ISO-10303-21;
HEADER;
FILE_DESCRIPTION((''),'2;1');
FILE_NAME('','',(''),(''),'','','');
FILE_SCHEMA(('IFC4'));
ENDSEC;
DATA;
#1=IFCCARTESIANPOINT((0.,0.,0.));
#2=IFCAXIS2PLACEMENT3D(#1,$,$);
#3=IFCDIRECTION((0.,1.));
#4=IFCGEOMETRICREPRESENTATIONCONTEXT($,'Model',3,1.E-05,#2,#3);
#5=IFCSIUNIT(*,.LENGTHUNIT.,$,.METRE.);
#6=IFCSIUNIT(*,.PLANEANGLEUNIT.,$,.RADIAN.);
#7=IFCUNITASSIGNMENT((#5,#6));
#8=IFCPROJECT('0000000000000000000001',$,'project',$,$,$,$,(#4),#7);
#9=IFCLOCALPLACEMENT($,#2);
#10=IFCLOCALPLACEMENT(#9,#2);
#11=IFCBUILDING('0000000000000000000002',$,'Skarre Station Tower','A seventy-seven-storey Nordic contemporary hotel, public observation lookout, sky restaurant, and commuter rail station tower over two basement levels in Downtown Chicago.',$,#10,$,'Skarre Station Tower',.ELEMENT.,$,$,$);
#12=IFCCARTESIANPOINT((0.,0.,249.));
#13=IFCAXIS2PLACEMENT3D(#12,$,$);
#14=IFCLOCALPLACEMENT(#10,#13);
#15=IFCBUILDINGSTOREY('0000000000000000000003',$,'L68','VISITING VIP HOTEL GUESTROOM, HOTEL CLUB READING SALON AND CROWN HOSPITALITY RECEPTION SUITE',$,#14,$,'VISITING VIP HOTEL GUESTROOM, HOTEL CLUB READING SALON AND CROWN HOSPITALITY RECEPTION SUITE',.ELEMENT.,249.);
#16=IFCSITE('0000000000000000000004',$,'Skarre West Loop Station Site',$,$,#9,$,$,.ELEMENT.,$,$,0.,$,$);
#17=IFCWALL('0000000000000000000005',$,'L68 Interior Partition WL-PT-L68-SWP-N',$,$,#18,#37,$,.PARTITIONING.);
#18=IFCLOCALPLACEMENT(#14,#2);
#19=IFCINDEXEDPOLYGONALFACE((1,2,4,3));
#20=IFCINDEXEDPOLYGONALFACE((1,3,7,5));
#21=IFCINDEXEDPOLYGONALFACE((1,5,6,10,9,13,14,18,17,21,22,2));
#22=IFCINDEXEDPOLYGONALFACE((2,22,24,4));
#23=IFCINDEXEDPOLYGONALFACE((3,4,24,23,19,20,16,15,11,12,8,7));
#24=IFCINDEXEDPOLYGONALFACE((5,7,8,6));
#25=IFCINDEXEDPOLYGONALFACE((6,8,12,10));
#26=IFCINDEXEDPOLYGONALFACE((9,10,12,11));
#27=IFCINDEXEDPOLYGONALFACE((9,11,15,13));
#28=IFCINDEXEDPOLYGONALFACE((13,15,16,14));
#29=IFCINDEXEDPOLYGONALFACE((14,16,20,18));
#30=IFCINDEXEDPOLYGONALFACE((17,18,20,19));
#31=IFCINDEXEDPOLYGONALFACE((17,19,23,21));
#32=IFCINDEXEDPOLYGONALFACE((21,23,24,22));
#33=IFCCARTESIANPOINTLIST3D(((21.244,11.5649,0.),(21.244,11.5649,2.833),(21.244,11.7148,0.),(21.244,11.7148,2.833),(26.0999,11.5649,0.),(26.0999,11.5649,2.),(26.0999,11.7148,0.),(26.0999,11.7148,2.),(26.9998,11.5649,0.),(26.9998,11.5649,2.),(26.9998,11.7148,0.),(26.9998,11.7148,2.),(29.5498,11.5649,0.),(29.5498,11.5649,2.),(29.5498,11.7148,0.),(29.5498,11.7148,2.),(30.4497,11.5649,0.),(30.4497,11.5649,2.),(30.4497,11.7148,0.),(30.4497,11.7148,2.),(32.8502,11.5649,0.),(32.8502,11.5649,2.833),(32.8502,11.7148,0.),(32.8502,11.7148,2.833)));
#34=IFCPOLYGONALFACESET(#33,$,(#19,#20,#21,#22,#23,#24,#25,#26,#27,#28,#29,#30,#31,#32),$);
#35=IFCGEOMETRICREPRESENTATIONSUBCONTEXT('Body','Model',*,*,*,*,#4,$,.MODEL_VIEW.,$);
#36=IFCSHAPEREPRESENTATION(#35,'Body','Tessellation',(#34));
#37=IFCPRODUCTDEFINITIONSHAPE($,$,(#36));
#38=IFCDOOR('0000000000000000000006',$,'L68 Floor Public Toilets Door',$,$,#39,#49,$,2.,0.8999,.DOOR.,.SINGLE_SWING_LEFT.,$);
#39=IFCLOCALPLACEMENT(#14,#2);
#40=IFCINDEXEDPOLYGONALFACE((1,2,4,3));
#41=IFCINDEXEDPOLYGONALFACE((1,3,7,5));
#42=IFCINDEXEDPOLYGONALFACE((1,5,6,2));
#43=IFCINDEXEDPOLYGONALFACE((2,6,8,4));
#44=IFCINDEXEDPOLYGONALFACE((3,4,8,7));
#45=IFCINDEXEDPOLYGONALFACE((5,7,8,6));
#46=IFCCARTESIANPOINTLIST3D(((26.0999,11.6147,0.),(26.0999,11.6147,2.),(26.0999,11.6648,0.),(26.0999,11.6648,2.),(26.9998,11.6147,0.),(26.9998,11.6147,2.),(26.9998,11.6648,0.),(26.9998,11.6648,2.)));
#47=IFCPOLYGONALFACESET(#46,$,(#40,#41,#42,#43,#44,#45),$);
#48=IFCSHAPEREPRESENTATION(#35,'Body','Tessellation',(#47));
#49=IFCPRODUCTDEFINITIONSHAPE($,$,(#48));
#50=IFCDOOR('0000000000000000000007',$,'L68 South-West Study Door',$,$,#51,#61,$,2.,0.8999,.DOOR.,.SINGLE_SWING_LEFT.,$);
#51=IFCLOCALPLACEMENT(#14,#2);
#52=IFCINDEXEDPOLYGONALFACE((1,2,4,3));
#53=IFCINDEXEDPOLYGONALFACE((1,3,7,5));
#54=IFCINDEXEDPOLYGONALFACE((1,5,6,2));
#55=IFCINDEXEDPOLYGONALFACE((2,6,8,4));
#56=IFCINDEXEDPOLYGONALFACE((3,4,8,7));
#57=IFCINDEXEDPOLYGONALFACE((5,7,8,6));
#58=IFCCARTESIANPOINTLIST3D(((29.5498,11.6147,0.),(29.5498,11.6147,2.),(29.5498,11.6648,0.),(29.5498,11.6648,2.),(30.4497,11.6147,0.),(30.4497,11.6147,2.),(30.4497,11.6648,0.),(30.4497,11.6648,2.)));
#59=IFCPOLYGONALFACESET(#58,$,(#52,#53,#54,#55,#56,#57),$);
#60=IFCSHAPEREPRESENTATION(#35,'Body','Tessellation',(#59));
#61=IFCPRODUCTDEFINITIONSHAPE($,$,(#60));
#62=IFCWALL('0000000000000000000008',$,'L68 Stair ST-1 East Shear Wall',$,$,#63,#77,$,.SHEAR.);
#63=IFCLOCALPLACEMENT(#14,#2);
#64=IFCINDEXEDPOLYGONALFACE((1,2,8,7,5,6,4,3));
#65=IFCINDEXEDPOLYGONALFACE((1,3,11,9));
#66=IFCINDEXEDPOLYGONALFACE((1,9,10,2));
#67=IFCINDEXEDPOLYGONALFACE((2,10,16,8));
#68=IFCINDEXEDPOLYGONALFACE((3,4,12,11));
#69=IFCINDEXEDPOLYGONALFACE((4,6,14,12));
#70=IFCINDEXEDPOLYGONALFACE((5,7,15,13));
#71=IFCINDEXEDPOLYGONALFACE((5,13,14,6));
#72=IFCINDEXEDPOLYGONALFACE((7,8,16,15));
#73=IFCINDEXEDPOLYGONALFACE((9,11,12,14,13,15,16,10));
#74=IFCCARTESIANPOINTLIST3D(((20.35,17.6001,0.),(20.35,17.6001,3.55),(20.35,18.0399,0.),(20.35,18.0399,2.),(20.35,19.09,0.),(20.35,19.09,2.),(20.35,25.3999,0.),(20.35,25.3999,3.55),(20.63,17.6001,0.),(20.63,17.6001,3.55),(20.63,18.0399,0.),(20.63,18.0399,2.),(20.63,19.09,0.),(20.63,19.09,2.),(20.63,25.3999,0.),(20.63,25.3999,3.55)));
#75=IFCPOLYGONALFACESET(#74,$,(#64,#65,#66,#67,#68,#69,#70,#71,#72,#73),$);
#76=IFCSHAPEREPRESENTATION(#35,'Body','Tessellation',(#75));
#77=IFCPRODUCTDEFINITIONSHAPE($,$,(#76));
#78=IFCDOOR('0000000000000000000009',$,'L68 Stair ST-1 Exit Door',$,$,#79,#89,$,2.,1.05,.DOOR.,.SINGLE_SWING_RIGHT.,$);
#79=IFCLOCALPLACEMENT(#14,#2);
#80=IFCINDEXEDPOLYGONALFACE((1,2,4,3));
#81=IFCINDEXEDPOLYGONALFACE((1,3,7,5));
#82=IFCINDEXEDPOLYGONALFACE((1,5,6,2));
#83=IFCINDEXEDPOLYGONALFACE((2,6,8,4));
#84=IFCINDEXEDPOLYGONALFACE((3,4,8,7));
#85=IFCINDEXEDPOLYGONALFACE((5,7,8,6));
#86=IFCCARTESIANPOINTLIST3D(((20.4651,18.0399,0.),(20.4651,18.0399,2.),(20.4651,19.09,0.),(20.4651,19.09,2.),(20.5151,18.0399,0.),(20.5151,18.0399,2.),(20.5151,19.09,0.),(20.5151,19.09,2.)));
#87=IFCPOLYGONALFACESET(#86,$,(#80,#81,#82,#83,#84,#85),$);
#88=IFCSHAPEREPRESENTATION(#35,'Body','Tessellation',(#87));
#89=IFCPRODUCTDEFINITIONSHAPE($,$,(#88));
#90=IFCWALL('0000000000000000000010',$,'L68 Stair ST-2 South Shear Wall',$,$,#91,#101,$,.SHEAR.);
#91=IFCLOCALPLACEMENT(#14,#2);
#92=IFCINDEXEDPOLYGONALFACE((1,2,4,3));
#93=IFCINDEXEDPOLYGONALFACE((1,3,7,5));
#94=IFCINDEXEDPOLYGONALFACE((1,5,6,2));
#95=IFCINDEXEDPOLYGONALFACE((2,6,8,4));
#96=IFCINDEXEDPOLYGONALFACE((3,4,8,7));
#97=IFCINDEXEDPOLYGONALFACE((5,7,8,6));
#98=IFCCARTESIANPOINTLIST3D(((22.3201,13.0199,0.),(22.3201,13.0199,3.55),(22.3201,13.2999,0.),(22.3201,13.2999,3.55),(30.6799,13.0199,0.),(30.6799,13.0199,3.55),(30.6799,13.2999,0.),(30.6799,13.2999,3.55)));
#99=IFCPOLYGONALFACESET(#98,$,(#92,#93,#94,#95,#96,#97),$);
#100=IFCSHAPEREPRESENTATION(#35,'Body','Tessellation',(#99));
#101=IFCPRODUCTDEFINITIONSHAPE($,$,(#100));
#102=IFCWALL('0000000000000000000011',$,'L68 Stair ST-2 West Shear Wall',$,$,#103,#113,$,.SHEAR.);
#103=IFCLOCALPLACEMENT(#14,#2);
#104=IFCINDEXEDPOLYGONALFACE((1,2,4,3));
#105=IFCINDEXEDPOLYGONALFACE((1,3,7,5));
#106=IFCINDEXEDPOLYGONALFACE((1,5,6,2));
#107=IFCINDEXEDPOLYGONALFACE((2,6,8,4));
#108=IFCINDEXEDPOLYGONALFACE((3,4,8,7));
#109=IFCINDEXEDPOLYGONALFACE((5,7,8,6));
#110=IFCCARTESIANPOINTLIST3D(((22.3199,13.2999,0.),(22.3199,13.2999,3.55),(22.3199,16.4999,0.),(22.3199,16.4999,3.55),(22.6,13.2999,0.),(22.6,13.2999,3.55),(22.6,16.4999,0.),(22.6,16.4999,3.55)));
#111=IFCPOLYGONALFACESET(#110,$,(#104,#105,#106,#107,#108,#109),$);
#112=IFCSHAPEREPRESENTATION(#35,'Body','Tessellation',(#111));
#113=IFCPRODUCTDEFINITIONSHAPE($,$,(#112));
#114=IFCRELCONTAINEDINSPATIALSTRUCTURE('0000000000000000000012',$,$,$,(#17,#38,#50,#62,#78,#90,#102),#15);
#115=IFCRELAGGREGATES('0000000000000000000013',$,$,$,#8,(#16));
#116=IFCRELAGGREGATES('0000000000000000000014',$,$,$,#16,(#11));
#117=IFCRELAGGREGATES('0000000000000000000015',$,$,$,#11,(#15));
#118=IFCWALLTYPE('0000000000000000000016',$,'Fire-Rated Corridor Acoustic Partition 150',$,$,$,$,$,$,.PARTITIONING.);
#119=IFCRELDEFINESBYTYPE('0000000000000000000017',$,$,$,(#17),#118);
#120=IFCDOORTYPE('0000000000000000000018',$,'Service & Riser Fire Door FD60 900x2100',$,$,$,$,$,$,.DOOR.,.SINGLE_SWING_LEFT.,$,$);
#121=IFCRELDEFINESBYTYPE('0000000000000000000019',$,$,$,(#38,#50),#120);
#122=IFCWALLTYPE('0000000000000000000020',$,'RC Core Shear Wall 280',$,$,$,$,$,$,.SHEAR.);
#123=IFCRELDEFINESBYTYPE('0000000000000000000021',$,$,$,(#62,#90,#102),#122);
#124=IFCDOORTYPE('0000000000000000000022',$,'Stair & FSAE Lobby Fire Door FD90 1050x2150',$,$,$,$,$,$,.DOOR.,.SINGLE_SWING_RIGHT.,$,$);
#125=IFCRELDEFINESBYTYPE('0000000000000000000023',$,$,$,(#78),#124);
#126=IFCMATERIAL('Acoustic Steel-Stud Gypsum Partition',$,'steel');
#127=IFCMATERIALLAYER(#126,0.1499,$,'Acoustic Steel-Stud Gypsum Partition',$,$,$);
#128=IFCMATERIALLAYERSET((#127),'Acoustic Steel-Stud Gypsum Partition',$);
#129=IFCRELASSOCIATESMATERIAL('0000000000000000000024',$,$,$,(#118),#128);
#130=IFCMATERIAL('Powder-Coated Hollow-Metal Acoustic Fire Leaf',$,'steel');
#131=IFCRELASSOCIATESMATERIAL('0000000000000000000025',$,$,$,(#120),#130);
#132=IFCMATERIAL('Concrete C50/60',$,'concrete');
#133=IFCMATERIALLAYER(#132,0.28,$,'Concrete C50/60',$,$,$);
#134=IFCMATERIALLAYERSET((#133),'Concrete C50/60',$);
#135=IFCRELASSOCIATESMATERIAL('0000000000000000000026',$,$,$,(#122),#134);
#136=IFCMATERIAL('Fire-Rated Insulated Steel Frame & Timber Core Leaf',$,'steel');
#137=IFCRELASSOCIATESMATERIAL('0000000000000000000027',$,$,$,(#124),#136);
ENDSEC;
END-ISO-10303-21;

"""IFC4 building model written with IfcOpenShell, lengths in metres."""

from ifc_helpers import new_model, si_unit, direction, frame, frame_2d, origin, place, context, subcontext, project, spatial, rectangle, extrude, material, layer, layer_set, type_object, element, fill, save


model = new_model("IFC4")

# Units and contexts
model_context = context("Model", 3, precision=1e-05, world=origin(), true_north=direction((0.0, 1.0)))
body_context = subcontext(model_context, "Body", "Model", "MODEL_VIEW")
ifc_project = project(units=[si_unit("LENGTHUNIT", "METRE"), si_unit("PLANEANGLEUNIT", "RADIAN")], contexts=[model_context])

# Site, building, storey
site_placement = place(None, origin())
site = spatial("IfcSite", under=ifc_project, at=site_placement, Name="Skarre West Loop Station Site", CompositionType="ELEMENT", RefElevation=0.0)
building_placement = place(site_placement, origin())
building = spatial("IfcBuilding", under=site, at=building_placement, Name="Skarre Station Tower", Description="A seventy-seven-storey Nordic contemporary hotel, public observation lookout, sky restaurant, and commuter rail station tower over two basement levels in Downtown Chicago.", LongName="Skarre Station Tower", CompositionType="ELEMENT")
storey_placement = place(building_placement, frame((0.0, 0.0, 249.0)))
storey = spatial("IfcBuildingStorey", under=building, at=storey_placement, Name="L68", Description="VISITING VIP HOTEL GUESTROOM, HOTEL CLUB READING SALON AND CROWN HOSPITALITY RECEPTION SUITE", LongName="VISITING VIP HOTEL GUESTROOM, HOTEL CLUB READING SALON AND CROWN HOSPITALITY RECEPTION SUITE", CompositionType="ELEMENT", Elevation=249.0)

# Shared definitions
ifc_material_1 = material(Name="Concrete C50/60", Category="concrete")

# Shared definitions
ifc_material_2 = material(Name="Acoustic Steel-Stud Gypsum Partition", Category="steel")
ifc_layer_1 = layer(ifc_material_2, 0.1499, Name="Acoustic Steel-Stud Gypsum Partition")
ifc_layer_set_1 = layer_set([ifc_layer_1], Name="Acoustic Steel-Stud Gypsum Partition")
wall_type_1 = type_object("IfcWallType", Name="Fire-Rated Corridor Acoustic Partition 150", PredefinedType="PARTITIONING", material=ifc_layer_set_1)

# Shared definitions
ifc_material_3 = material(Name="Powder-Coated Hollow-Metal Acoustic Fire Leaf", Category="steel")
door_type_1 = type_object("IfcDoorType", Name="Service & Riser Fire Door FD60 900x2100", OperationType="SINGLE_SWING_LEFT", PredefinedType="DOOR", material=ifc_material_3)

# Wall, openings, doors
wall_1_placement = place(storey_placement, frame((21.2439, 11.6399, 0.0), z_axis=(0.0, 0.0, 1.0), x_axis=(1.0, 0.0, 0.0)))
wall_1 = element("IfcWall", 1, at=wall_1_placement, inside=storey, type_object=wall_type_1, Name="L68 Interior Partition WL-PT-L68-SWP-N", PredefinedType="PARTITIONING", context=body_context, shape_type="SweptSolid", body=[
    extrude(rectangle(XDim=11.6062, YDim=0.1499, at=frame_2d((5.8032, 0.0))), origin(), (0.0, 0.0, 1.0), 2.833),
])
opening_1_placement = place(wall_1_placement, frame((4.856, 0.0, 0.0)))
opening_1 = element("IfcOpeningElement", 2, at=opening_1_placement, cuts=wall_1, PredefinedType="OPENING", context=body_context, shape_type="SweptSolid", body=[
    extrude(rectangle(XDim=0.8999, YDim=2.0, at=frame_2d((0.45, 1.0))), frame((0.0, 0.085, 0.0), z_axis=(0.0, -1.0, 0.0), x_axis=(1.0, 0.0, 0.0)), (0.0, 0.0, 1.0), 0.1699),
])
opening_2_placement = place(wall_1_placement, frame((8.3059, 0.0, 0.0)))
opening_2 = element("IfcOpeningElement", 3, at=opening_2_placement, cuts=wall_1, PredefinedType="OPENING", context=body_context, shape_type="SweptSolid", body=[
    extrude(rectangle(XDim=0.8999, YDim=2.0, at=frame_2d((0.45, 1.0))), frame((0.0, 0.085, 0.0), z_axis=(0.0, -1.0, 0.0), x_axis=(1.0, 0.0, 0.0)), (0.0, 0.0, 1.0), 0.1699),
])
door_1_placement = place(opening_1_placement, origin())
door_1 = element("IfcDoor", 4, at=door_1_placement, inside=storey, type_object=door_type_1, Name="L68 Floor Public Toilets Door", OperationType="SINGLE_SWING_LEFT", OverallHeight=2.0, OverallWidth=0.8999, PredefinedType="DOOR", context=body_context, shape_type="SweptSolid", body=[
    extrude(rectangle(XDim=0.8999, YDim=2.0, at=frame_2d((0.45, 1.0))), frame((0.0, 0.0249, 0.0), z_axis=(0.0, -1.0, 0.0), x_axis=(1.0, 0.0, 0.0)), (0.0, 0.0, 1.0), 0.05),
])
fill(opening_1, door_1)
door_2_placement = place(opening_2_placement, origin())
door_2 = element("IfcDoor", 5, at=door_2_placement, inside=storey, type_object=door_type_1, Name="L68 South-West Study Door", OperationType="SINGLE_SWING_LEFT", OverallHeight=2.0, OverallWidth=0.8999, PredefinedType="DOOR", context=body_context, shape_type="SweptSolid", body=[
    extrude(rectangle(XDim=0.8999, YDim=2.0, at=frame_2d((0.45, 1.0))), frame((0.0, 0.0249, 0.0), z_axis=(0.0, -1.0, 0.0), x_axis=(1.0, 0.0, 0.0)), (0.0, 0.0, 1.0), 0.05),
])
fill(opening_2, door_2)

# Wall, opening, door
ifc_layer_2 = layer(ifc_material_1, 0.28, Name="Concrete C50/60")
ifc_layer_set_2 = layer_set([ifc_layer_2], Name="Concrete C50/60")
wall_type_2 = type_object("IfcWallType", Name="RC Core Shear Wall 280", PredefinedType="SHEAR", material=ifc_layer_set_2)
wall_2_placement = place(storey_placement, frame((20.49, 17.6001, 0.0), z_axis=(0.0, 0.0, 1.0), x_axis=(0.0, 1.0, 0.0)))
wall_2 = element("IfcWall", 6, at=wall_2_placement, inside=storey, type_object=wall_type_2, Name="L68 Stair ST-1 East Shear Wall", PredefinedType="SHEAR", context=body_context, shape_type="SweptSolid", body=[
    extrude(rectangle(XDim=7.7998, YDim=0.28, at=frame_2d((3.8999, 0.0))), origin(), (0.0, 0.0, 1.0), 3.55),
])
opening_3_placement = place(wall_2_placement, frame((0.4399, 0.0, 0.0)))
opening_3 = element("IfcOpeningElement", 7, at=opening_3_placement, cuts=wall_2, PredefinedType="OPENING", context=body_context, shape_type="SweptSolid", body=[
    extrude(rectangle(XDim=1.05, YDim=2.0, at=frame_2d((0.5249, 1.0))), frame((0.0, 0.1499, 0.0), z_axis=(0.0, -1.0, 0.0), x_axis=(1.0, 0.0, 0.0)), (0.0, 0.0, 1.0), 0.3),
])
ifc_material_4 = material(Name="Fire-Rated Insulated Steel Frame & Timber Core Leaf", Category="steel")
door_type_2 = type_object("IfcDoorType", Name="Stair & FSAE Lobby Fire Door FD90 1050x2150", OperationType="SINGLE_SWING_RIGHT", PredefinedType="DOOR", material=ifc_material_4)
door_3_placement = place(opening_3_placement, origin())
door_3 = element("IfcDoor", 8, at=door_3_placement, inside=storey, type_object=door_type_2, Name="L68 Stair ST-1 Exit Door", OperationType="SINGLE_SWING_RIGHT", OverallHeight=2.0, OverallWidth=1.05, PredefinedType="DOOR", context=body_context, shape_type="SweptSolid", body=[
    extrude(rectangle(XDim=1.05, YDim=2.0, at=frame_2d((0.5249, 1.0))), frame((0.0, 0.0249, 0.0), z_axis=(0.0, -1.0, 0.0), x_axis=(1.0, 0.0, 0.0)), (0.0, 0.0, 1.0), 0.05),
])
fill(opening_3, door_3)

# Walls
wall_3_placement = place(storey_placement, frame((22.3201, 13.1599, 0.0), z_axis=(0.0, 0.0, 1.0), x_axis=(1.0, 0.0, 0.0)))
element("IfcWall", 9, at=wall_3_placement, inside=storey, type_object=wall_type_2, Name="L68 Stair ST-2 South Shear Wall", PredefinedType="SHEAR", context=body_context, shape_type="SweptSolid", body=[
    extrude(rectangle(XDim=8.3599, YDim=0.28, at=frame_2d((4.1799, 0.0))), origin(), (0.0, 0.0, 1.0), 3.55),
])
wall_4_placement = place(storey_placement, frame((22.46, 16.5, 0.0), z_axis=(0.0, 0.0, 1.0), x_axis=(0.0, -1.0, 0.0)))
element("IfcWall", 10, at=wall_4_placement, inside=storey, type_object=wall_type_2, Name="L68 Stair ST-2 West Shear Wall", PredefinedType="SHEAR", context=body_context, shape_type="SweptSolid", body=[
    extrude(rectangle(XDim=3.2, YDim=0.28, at=frame_2d((1.6001, 0.0))), origin(), (0.0, 0.0, 1.0), 3.55),
])

save(model, "model.ifc")
